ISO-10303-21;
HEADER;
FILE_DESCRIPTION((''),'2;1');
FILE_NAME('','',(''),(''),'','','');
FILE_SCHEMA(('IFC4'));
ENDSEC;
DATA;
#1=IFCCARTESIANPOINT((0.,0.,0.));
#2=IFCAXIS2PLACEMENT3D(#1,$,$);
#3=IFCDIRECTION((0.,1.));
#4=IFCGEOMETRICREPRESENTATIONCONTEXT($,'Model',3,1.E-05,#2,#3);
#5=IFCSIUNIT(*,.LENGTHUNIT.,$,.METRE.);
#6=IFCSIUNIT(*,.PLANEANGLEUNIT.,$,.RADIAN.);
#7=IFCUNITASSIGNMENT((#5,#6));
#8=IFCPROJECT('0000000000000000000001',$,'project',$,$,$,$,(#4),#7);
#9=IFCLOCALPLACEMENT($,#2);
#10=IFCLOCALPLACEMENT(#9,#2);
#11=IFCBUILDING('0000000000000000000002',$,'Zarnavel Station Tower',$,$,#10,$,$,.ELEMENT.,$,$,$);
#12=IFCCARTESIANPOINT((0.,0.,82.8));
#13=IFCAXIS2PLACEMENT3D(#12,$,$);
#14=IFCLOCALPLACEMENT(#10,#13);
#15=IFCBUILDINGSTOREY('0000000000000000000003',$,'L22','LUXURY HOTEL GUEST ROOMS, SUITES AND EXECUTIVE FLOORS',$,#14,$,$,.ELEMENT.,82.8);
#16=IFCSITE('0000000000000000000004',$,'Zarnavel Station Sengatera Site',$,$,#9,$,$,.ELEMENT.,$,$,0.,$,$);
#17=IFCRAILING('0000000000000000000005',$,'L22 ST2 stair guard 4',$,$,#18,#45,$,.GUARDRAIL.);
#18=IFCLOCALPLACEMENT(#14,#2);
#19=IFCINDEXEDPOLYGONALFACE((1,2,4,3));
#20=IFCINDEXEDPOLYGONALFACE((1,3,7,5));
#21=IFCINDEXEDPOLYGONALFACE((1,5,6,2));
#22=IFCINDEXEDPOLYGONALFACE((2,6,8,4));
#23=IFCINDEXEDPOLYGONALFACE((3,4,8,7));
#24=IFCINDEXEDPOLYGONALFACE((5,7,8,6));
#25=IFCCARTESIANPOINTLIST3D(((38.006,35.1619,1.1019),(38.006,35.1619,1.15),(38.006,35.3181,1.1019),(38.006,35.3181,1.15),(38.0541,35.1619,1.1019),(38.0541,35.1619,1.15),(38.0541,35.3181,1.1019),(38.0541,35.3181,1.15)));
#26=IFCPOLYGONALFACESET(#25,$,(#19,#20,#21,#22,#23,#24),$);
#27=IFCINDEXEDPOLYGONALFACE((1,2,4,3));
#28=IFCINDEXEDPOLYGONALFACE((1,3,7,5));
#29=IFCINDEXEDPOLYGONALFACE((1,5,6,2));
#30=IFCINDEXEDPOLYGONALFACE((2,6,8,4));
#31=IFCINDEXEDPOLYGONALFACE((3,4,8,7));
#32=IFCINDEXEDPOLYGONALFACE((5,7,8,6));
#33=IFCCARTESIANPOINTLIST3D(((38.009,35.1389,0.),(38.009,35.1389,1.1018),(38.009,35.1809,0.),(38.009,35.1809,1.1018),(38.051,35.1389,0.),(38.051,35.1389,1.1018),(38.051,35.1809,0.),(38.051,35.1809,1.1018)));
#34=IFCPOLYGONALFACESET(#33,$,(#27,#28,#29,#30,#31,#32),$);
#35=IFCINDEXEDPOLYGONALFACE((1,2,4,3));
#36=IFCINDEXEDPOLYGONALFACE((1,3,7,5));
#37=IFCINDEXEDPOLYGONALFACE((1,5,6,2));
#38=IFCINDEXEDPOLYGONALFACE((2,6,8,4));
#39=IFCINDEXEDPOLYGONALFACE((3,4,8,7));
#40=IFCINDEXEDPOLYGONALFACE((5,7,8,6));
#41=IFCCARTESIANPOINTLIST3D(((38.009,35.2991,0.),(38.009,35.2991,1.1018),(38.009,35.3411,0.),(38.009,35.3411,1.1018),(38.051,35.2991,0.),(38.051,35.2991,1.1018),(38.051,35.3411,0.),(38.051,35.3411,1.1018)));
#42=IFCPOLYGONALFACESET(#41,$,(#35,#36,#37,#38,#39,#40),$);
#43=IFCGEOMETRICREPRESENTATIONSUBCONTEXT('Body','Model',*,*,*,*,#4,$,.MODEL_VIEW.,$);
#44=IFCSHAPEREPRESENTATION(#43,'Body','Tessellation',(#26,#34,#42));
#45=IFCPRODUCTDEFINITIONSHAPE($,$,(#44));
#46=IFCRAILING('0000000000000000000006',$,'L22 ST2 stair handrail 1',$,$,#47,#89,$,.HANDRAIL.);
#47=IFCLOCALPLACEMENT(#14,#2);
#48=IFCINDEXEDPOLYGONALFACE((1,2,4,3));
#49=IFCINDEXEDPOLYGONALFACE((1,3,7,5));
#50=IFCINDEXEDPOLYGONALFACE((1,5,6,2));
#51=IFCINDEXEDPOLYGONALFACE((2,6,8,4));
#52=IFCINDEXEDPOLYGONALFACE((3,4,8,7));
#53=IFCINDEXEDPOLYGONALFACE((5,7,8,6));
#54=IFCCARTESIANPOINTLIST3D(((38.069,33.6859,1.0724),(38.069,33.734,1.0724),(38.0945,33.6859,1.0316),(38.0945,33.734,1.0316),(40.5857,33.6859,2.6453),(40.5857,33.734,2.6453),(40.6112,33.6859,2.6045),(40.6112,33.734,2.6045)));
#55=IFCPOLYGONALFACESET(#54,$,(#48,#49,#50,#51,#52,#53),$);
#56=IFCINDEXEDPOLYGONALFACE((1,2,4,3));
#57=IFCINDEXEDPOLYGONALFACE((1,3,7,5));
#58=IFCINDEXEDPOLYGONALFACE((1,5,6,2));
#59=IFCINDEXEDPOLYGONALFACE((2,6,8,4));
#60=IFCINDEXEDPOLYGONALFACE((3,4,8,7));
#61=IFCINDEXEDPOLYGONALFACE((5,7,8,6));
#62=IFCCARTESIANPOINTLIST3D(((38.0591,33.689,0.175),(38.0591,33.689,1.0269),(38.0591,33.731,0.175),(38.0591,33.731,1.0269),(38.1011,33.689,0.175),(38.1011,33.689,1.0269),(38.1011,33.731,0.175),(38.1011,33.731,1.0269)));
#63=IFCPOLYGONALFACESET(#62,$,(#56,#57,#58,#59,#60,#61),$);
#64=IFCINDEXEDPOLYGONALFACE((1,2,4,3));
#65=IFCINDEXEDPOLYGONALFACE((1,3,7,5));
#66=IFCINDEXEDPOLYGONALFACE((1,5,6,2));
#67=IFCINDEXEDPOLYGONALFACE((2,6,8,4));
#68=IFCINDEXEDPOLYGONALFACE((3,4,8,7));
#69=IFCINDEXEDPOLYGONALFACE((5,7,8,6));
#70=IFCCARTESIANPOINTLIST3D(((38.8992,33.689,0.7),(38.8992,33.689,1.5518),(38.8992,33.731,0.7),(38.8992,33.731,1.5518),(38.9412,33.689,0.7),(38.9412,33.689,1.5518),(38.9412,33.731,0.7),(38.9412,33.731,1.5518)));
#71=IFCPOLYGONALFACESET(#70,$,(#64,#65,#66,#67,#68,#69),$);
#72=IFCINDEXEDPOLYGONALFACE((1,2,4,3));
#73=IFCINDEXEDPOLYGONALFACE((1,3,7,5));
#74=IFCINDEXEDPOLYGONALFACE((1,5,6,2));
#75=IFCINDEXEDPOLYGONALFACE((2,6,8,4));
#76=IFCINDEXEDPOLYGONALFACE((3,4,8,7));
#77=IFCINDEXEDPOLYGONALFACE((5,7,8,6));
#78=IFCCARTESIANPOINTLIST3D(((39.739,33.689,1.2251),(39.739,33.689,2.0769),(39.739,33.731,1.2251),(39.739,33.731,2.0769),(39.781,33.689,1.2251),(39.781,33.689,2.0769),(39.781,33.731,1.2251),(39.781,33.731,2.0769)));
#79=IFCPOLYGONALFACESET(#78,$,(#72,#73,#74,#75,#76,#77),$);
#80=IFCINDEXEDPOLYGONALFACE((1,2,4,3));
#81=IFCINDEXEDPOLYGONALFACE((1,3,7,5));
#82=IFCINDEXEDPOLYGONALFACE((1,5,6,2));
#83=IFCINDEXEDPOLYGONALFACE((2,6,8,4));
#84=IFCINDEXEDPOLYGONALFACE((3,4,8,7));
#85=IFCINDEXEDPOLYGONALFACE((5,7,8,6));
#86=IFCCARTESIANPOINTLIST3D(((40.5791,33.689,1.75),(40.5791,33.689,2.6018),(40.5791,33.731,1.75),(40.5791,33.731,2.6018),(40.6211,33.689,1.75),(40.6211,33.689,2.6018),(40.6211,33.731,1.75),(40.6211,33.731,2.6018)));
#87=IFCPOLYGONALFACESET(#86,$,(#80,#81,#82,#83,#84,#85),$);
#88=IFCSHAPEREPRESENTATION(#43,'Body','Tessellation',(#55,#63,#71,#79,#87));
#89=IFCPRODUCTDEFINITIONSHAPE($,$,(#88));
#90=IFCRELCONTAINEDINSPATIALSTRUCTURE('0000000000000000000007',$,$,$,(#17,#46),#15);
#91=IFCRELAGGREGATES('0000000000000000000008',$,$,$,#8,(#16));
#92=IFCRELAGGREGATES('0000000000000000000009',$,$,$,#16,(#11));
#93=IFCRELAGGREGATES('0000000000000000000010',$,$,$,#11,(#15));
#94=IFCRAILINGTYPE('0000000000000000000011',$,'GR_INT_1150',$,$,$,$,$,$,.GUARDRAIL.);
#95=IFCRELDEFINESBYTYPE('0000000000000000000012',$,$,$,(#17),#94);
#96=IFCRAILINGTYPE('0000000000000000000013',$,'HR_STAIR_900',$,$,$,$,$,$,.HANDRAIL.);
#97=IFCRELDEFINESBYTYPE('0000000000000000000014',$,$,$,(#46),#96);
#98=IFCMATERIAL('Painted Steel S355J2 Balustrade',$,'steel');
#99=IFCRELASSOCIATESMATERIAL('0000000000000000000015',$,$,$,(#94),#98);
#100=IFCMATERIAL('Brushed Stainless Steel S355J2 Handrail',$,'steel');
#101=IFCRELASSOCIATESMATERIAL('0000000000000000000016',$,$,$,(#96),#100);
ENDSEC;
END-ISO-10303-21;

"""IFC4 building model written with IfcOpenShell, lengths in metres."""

from ifc_helpers import new_model, si_unit, direction, frame, origin, origin_2d, place, context, subcontext, project, spatial, rectangle, extrude, material, type_object, element, save


model = new_model("IFC4")

# Units and contexts
model_context = context("Model", 3, precision=1e-05, world=origin(), true_north=direction((0.0, 1.0)))
body_context = subcontext(model_context, "Body", "Model", "MODEL_VIEW")
ifc_project = project(units=[si_unit("LENGTHUNIT", "METRE"), si_unit("PLANEANGLEUNIT", "RADIAN")], contexts=[model_context])

# Site, building, storey
site_placement = place(None, origin())
site = spatial("IfcSite", under=ifc_project, at=site_placement, Name="Zarnavel Station Sengatera Site", CompositionType="ELEMENT", RefElevation=0.0)
building_placement = place(site_placement, origin())
building = spatial("IfcBuilding", under=site, at=building_placement, Name="Zarnavel Station Tower", CompositionType="ELEMENT")
storey_placement = place(building_placement, frame((0.0, 0.0, 82.8)))
storey = spatial("IfcBuildingStorey", under=building, at=storey_placement, Name="L22", Description="LUXURY HOTEL GUEST ROOMS, SUITES AND EXECUTIVE FLOORS", CompositionType="ELEMENT", Elevation=82.8)

# Railings
ifc_material_1 = material(Name="Painted Steel S355J2 Balustrade", Category="steel")
railing_type_1 = type_object("IfcRailingType", Name="GR_INT_1150", PredefinedType="GUARDRAIL", material=ifc_material_1)
railing_1_placement = place(storey_placement, frame((38.03, 35.1599, 0.0)))
element("IfcRailing", 1, at=railing_1_placement, inside=storey, type_object=railing_type_1, Name="L22 ST2 stair guard 4", PredefinedType="GUARDRAIL", context=body_context, shape_type="SweptSolid", body=[
    extrude(rectangle(XDim=0.0481, YDim=0.0481, at=origin_2d()), frame((0.0, 0.002, 1.126), z_axis=(0.0, 1.0, 0.0), x_axis=(-1.0, 0.0, 0.0)), (0.0, 0.0, 1.0), 0.1562),
    extrude(rectangle(XDim=0.042, YDim=0.042, at=origin_2d()), origin(), (0.0, 0.0, 1.0), 1.1018),
    extrude(rectangle(XDim=0.042, YDim=0.042, at=origin_2d()), frame((0.0, 0.1602, 0.0)), (0.0, 0.0, 1.0), 1.1018),
])
ifc_material_2 = material(Name="Brushed Stainless Steel S355J2 Handrail", Category="steel")
railing_type_2 = type_object("IfcRailingType", Name="HR_STAIR_900", PredefinedType="HANDRAIL", material=ifc_material_2)
railing_2_placement = place(storey_placement, frame((38.0801, 33.71, 0.175)))
element("IfcRailing", 2, at=railing_2_placement, inside=storey, type_object=railing_type_2, Name="L22 ST2 stair handrail 1", PredefinedType="HANDRAIL", context=body_context, shape_type="SweptSolid", body=[
    extrude(rectangle(XDim=0.0481, YDim=0.0481, at=origin_2d()), frame((0.0017, 0.0, 0.877), z_axis=(0.848008, 0.0, 0.529984), x_axis=(0.0, 1.0, 0.0)), (0.0, 0.0, 1.0), 2.9678),
    extrude(rectangle(XDim=0.042, YDim=0.042, at=origin_2d()), origin(), (0.0, 0.0, 1.0), 0.8518),
    extrude(rectangle(XDim=0.042, YDim=0.042, at=origin_2d()), frame((0.8401, 0.0, 0.5249)), (0.0, 0.0, 1.0), 0.8518),
    extrude(rectangle(XDim=0.042, YDim=0.042, at=origin_2d()), frame((1.6799, 0.0, 1.05)), (0.0, 0.0, 1.0), 0.8518),
    extrude(rectangle(XDim=0.042, YDim=0.042, at=origin_2d()), frame((2.52, 0.0, 1.575)), (0.0, 0.0, 1.0), 0.8518),
])

save(model, "model.ifc")
